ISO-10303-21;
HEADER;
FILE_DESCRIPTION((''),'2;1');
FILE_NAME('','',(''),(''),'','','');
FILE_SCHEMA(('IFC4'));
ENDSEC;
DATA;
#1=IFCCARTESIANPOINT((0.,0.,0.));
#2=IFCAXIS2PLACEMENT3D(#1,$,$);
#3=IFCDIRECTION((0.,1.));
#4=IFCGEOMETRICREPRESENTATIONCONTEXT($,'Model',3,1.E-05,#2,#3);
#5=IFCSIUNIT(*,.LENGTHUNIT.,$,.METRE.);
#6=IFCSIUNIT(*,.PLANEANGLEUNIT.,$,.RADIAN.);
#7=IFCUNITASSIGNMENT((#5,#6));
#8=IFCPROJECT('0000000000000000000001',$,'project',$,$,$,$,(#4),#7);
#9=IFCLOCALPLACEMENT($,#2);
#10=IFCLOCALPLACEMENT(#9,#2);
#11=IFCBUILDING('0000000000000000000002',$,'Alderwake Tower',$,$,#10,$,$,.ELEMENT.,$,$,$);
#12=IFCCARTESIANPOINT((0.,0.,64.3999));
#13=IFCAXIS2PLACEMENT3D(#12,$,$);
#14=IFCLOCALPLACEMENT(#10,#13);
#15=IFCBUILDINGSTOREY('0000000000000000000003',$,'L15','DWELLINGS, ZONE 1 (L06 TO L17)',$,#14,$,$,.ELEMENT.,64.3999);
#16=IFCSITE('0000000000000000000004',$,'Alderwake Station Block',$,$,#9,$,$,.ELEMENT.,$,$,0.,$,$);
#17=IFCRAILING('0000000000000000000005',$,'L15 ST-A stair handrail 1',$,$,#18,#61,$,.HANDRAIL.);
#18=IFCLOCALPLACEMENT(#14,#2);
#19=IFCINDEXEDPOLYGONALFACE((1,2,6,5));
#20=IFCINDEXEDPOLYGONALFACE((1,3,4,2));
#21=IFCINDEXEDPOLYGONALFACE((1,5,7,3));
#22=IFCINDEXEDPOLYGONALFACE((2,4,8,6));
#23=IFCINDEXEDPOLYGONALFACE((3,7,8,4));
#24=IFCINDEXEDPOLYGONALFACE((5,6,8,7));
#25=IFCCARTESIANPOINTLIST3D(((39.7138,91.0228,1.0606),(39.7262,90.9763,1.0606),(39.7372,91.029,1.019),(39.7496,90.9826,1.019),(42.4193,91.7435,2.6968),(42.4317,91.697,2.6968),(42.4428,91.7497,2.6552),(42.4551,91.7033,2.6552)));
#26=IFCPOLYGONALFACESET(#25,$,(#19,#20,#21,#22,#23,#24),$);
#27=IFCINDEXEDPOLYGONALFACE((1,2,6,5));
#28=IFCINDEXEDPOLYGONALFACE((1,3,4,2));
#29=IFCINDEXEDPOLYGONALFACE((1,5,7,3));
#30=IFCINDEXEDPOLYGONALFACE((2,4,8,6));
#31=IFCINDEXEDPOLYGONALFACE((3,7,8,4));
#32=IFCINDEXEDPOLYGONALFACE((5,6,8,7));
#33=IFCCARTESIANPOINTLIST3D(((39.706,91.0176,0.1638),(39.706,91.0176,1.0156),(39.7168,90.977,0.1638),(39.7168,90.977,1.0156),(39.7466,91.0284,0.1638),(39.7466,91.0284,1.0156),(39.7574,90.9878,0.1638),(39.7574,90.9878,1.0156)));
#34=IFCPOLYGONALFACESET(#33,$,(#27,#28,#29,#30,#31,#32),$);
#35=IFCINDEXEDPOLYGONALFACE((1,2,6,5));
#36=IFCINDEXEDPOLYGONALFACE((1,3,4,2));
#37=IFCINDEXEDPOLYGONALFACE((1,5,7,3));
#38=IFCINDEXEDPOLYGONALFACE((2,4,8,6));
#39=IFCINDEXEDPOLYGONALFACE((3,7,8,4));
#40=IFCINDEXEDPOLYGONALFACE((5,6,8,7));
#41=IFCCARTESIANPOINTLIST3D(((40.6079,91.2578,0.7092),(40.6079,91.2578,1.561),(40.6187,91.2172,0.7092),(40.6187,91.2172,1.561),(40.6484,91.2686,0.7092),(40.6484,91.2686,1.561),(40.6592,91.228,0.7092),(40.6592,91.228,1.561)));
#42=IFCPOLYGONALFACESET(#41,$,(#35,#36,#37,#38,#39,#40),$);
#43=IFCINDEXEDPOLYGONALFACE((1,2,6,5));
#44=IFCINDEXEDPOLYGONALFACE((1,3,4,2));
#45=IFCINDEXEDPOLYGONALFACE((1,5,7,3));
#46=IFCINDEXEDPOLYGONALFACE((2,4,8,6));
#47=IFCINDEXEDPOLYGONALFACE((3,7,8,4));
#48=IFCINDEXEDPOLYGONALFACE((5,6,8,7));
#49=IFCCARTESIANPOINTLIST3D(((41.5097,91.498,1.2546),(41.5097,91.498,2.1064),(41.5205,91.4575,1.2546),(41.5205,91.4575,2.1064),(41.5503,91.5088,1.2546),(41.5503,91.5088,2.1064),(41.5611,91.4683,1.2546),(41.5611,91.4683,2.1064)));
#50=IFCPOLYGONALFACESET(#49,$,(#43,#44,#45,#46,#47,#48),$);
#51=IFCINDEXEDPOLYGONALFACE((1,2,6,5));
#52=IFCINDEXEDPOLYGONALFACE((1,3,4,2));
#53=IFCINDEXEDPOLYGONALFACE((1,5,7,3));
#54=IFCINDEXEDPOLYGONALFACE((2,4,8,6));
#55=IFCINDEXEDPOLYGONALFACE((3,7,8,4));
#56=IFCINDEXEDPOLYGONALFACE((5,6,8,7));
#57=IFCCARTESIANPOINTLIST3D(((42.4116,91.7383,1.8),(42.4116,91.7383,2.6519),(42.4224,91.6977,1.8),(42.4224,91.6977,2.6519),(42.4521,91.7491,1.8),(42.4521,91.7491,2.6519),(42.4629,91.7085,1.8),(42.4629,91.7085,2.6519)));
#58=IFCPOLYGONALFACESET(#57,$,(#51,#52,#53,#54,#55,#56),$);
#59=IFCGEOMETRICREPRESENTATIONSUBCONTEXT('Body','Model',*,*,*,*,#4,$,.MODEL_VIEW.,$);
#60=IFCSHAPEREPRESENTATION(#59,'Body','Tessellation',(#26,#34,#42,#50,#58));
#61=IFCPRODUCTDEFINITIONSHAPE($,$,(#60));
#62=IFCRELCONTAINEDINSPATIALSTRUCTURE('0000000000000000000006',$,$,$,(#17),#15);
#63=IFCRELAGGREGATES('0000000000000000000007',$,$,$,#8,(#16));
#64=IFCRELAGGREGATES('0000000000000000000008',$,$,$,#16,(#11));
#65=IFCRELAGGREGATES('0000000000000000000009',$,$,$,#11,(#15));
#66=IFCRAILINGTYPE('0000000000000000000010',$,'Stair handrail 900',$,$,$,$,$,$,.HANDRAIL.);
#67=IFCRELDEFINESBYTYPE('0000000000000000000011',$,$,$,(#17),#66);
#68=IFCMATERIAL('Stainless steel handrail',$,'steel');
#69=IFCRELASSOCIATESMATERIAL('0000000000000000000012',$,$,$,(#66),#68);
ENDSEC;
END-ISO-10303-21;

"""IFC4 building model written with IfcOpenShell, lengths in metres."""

from ifc_helpers import new_model, si_unit, direction, frame, origin, origin_2d, place, context, subcontext, project, spatial, rectangle, extrude, material, type_object, element, save


model = new_model("IFC4")

# Units and contexts
model_context = context("Model", 3, precision=1e-05, world=origin(), true_north=direction((0.0, 1.0)))
body_context = subcontext(model_context, "Body", "Model", "MODEL_VIEW")
ifc_project = project(units=[si_unit("LENGTHUNIT", "METRE"), si_unit("PLANEANGLEUNIT", "RADIAN")], contexts=[model_context])

# Site, building, storey
site_placement = place(None, origin())
site = spatial("IfcSite", under=ifc_project, at=site_placement, Name="Alderwake Station Block", CompositionType="ELEMENT", RefElevation=0.0)
building_placement = place(site_placement, origin())
building = spatial("IfcBuilding", under=site, at=building_placement, Name="Alderwake Tower", CompositionType="ELEMENT")
storey_placement = place(building_placement, frame((0.0, 0.0, 64.3999)))
storey = spatial("IfcBuildingStorey", under=building, at=storey_placement, Name="L15", Description="DWELLINGS, ZONE 1 (L06 TO L17)", CompositionType="ELEMENT", Elevation=64.3999)

# Railing
ifc_material_1 = material(Name="Stainless steel handrail", Category="steel")
railing_type_1 = type_object("IfcRailingType", Name="Stair handrail 900", PredefinedType="HANDRAIL", material=ifc_material_1)
railing_1_placement = place(storey_placement, frame((39.7317, 91.0027, 0.1638)))
element("IfcRailing", 1, at=railing_1_placement, inside=storey, type_object=railing_type_1, Name="L15 ST-A stair handrail 1", PredefinedType="HANDRAIL", context=body_context, shape_type="SweptSolid", body=[
    extrude(rectangle(XDim=0.0481, YDim=0.0481, at=origin_2d()), frame((0.0, 0.0, 0.876), z_axis=(0.834291, 0.222237, 0.504549), x_axis=(-0.257402, 0.966304, 0.0)), (0.0, 0.0, 1.0), 3.2429),
    extrude(rectangle(XDim=0.042, YDim=0.042, at=origin_2d()), frame((0.0, 0.0, 0.0), z_axis=(0.0, 0.0, 1.0), x_axis=(0.966304, 0.257402, 0.0)), (0.0, 0.0, 1.0), 0.8518),
    extrude(rectangle(XDim=0.042, YDim=0.042, at=origin_2d()), frame((0.9019, 0.2402, 0.5454), z_axis=(0.0, 0.0, 1.0), x_axis=(0.966304, 0.257402, 0.0)), (0.0, 0.0, 1.0), 0.8518),
    extrude(rectangle(XDim=0.042, YDim=0.042, at=origin_2d()), frame((1.8037, 0.4805, 1.0908), z_axis=(0.0, 0.0, 1.0), x_axis=(0.966304, 0.257402, 0.0)), (0.0, 0.0, 1.0), 0.8518),
    extrude(rectangle(XDim=0.042, YDim=0.042, at=origin_2d()), frame((2.7056, 0.7207, 1.6362), z_axis=(0.0, 0.0, 1.0), x_axis=(0.966304, 0.257402, 0.0)), (0.0, 0.0, 1.0), 0.8518),
])

save(model, "model.ifc")
